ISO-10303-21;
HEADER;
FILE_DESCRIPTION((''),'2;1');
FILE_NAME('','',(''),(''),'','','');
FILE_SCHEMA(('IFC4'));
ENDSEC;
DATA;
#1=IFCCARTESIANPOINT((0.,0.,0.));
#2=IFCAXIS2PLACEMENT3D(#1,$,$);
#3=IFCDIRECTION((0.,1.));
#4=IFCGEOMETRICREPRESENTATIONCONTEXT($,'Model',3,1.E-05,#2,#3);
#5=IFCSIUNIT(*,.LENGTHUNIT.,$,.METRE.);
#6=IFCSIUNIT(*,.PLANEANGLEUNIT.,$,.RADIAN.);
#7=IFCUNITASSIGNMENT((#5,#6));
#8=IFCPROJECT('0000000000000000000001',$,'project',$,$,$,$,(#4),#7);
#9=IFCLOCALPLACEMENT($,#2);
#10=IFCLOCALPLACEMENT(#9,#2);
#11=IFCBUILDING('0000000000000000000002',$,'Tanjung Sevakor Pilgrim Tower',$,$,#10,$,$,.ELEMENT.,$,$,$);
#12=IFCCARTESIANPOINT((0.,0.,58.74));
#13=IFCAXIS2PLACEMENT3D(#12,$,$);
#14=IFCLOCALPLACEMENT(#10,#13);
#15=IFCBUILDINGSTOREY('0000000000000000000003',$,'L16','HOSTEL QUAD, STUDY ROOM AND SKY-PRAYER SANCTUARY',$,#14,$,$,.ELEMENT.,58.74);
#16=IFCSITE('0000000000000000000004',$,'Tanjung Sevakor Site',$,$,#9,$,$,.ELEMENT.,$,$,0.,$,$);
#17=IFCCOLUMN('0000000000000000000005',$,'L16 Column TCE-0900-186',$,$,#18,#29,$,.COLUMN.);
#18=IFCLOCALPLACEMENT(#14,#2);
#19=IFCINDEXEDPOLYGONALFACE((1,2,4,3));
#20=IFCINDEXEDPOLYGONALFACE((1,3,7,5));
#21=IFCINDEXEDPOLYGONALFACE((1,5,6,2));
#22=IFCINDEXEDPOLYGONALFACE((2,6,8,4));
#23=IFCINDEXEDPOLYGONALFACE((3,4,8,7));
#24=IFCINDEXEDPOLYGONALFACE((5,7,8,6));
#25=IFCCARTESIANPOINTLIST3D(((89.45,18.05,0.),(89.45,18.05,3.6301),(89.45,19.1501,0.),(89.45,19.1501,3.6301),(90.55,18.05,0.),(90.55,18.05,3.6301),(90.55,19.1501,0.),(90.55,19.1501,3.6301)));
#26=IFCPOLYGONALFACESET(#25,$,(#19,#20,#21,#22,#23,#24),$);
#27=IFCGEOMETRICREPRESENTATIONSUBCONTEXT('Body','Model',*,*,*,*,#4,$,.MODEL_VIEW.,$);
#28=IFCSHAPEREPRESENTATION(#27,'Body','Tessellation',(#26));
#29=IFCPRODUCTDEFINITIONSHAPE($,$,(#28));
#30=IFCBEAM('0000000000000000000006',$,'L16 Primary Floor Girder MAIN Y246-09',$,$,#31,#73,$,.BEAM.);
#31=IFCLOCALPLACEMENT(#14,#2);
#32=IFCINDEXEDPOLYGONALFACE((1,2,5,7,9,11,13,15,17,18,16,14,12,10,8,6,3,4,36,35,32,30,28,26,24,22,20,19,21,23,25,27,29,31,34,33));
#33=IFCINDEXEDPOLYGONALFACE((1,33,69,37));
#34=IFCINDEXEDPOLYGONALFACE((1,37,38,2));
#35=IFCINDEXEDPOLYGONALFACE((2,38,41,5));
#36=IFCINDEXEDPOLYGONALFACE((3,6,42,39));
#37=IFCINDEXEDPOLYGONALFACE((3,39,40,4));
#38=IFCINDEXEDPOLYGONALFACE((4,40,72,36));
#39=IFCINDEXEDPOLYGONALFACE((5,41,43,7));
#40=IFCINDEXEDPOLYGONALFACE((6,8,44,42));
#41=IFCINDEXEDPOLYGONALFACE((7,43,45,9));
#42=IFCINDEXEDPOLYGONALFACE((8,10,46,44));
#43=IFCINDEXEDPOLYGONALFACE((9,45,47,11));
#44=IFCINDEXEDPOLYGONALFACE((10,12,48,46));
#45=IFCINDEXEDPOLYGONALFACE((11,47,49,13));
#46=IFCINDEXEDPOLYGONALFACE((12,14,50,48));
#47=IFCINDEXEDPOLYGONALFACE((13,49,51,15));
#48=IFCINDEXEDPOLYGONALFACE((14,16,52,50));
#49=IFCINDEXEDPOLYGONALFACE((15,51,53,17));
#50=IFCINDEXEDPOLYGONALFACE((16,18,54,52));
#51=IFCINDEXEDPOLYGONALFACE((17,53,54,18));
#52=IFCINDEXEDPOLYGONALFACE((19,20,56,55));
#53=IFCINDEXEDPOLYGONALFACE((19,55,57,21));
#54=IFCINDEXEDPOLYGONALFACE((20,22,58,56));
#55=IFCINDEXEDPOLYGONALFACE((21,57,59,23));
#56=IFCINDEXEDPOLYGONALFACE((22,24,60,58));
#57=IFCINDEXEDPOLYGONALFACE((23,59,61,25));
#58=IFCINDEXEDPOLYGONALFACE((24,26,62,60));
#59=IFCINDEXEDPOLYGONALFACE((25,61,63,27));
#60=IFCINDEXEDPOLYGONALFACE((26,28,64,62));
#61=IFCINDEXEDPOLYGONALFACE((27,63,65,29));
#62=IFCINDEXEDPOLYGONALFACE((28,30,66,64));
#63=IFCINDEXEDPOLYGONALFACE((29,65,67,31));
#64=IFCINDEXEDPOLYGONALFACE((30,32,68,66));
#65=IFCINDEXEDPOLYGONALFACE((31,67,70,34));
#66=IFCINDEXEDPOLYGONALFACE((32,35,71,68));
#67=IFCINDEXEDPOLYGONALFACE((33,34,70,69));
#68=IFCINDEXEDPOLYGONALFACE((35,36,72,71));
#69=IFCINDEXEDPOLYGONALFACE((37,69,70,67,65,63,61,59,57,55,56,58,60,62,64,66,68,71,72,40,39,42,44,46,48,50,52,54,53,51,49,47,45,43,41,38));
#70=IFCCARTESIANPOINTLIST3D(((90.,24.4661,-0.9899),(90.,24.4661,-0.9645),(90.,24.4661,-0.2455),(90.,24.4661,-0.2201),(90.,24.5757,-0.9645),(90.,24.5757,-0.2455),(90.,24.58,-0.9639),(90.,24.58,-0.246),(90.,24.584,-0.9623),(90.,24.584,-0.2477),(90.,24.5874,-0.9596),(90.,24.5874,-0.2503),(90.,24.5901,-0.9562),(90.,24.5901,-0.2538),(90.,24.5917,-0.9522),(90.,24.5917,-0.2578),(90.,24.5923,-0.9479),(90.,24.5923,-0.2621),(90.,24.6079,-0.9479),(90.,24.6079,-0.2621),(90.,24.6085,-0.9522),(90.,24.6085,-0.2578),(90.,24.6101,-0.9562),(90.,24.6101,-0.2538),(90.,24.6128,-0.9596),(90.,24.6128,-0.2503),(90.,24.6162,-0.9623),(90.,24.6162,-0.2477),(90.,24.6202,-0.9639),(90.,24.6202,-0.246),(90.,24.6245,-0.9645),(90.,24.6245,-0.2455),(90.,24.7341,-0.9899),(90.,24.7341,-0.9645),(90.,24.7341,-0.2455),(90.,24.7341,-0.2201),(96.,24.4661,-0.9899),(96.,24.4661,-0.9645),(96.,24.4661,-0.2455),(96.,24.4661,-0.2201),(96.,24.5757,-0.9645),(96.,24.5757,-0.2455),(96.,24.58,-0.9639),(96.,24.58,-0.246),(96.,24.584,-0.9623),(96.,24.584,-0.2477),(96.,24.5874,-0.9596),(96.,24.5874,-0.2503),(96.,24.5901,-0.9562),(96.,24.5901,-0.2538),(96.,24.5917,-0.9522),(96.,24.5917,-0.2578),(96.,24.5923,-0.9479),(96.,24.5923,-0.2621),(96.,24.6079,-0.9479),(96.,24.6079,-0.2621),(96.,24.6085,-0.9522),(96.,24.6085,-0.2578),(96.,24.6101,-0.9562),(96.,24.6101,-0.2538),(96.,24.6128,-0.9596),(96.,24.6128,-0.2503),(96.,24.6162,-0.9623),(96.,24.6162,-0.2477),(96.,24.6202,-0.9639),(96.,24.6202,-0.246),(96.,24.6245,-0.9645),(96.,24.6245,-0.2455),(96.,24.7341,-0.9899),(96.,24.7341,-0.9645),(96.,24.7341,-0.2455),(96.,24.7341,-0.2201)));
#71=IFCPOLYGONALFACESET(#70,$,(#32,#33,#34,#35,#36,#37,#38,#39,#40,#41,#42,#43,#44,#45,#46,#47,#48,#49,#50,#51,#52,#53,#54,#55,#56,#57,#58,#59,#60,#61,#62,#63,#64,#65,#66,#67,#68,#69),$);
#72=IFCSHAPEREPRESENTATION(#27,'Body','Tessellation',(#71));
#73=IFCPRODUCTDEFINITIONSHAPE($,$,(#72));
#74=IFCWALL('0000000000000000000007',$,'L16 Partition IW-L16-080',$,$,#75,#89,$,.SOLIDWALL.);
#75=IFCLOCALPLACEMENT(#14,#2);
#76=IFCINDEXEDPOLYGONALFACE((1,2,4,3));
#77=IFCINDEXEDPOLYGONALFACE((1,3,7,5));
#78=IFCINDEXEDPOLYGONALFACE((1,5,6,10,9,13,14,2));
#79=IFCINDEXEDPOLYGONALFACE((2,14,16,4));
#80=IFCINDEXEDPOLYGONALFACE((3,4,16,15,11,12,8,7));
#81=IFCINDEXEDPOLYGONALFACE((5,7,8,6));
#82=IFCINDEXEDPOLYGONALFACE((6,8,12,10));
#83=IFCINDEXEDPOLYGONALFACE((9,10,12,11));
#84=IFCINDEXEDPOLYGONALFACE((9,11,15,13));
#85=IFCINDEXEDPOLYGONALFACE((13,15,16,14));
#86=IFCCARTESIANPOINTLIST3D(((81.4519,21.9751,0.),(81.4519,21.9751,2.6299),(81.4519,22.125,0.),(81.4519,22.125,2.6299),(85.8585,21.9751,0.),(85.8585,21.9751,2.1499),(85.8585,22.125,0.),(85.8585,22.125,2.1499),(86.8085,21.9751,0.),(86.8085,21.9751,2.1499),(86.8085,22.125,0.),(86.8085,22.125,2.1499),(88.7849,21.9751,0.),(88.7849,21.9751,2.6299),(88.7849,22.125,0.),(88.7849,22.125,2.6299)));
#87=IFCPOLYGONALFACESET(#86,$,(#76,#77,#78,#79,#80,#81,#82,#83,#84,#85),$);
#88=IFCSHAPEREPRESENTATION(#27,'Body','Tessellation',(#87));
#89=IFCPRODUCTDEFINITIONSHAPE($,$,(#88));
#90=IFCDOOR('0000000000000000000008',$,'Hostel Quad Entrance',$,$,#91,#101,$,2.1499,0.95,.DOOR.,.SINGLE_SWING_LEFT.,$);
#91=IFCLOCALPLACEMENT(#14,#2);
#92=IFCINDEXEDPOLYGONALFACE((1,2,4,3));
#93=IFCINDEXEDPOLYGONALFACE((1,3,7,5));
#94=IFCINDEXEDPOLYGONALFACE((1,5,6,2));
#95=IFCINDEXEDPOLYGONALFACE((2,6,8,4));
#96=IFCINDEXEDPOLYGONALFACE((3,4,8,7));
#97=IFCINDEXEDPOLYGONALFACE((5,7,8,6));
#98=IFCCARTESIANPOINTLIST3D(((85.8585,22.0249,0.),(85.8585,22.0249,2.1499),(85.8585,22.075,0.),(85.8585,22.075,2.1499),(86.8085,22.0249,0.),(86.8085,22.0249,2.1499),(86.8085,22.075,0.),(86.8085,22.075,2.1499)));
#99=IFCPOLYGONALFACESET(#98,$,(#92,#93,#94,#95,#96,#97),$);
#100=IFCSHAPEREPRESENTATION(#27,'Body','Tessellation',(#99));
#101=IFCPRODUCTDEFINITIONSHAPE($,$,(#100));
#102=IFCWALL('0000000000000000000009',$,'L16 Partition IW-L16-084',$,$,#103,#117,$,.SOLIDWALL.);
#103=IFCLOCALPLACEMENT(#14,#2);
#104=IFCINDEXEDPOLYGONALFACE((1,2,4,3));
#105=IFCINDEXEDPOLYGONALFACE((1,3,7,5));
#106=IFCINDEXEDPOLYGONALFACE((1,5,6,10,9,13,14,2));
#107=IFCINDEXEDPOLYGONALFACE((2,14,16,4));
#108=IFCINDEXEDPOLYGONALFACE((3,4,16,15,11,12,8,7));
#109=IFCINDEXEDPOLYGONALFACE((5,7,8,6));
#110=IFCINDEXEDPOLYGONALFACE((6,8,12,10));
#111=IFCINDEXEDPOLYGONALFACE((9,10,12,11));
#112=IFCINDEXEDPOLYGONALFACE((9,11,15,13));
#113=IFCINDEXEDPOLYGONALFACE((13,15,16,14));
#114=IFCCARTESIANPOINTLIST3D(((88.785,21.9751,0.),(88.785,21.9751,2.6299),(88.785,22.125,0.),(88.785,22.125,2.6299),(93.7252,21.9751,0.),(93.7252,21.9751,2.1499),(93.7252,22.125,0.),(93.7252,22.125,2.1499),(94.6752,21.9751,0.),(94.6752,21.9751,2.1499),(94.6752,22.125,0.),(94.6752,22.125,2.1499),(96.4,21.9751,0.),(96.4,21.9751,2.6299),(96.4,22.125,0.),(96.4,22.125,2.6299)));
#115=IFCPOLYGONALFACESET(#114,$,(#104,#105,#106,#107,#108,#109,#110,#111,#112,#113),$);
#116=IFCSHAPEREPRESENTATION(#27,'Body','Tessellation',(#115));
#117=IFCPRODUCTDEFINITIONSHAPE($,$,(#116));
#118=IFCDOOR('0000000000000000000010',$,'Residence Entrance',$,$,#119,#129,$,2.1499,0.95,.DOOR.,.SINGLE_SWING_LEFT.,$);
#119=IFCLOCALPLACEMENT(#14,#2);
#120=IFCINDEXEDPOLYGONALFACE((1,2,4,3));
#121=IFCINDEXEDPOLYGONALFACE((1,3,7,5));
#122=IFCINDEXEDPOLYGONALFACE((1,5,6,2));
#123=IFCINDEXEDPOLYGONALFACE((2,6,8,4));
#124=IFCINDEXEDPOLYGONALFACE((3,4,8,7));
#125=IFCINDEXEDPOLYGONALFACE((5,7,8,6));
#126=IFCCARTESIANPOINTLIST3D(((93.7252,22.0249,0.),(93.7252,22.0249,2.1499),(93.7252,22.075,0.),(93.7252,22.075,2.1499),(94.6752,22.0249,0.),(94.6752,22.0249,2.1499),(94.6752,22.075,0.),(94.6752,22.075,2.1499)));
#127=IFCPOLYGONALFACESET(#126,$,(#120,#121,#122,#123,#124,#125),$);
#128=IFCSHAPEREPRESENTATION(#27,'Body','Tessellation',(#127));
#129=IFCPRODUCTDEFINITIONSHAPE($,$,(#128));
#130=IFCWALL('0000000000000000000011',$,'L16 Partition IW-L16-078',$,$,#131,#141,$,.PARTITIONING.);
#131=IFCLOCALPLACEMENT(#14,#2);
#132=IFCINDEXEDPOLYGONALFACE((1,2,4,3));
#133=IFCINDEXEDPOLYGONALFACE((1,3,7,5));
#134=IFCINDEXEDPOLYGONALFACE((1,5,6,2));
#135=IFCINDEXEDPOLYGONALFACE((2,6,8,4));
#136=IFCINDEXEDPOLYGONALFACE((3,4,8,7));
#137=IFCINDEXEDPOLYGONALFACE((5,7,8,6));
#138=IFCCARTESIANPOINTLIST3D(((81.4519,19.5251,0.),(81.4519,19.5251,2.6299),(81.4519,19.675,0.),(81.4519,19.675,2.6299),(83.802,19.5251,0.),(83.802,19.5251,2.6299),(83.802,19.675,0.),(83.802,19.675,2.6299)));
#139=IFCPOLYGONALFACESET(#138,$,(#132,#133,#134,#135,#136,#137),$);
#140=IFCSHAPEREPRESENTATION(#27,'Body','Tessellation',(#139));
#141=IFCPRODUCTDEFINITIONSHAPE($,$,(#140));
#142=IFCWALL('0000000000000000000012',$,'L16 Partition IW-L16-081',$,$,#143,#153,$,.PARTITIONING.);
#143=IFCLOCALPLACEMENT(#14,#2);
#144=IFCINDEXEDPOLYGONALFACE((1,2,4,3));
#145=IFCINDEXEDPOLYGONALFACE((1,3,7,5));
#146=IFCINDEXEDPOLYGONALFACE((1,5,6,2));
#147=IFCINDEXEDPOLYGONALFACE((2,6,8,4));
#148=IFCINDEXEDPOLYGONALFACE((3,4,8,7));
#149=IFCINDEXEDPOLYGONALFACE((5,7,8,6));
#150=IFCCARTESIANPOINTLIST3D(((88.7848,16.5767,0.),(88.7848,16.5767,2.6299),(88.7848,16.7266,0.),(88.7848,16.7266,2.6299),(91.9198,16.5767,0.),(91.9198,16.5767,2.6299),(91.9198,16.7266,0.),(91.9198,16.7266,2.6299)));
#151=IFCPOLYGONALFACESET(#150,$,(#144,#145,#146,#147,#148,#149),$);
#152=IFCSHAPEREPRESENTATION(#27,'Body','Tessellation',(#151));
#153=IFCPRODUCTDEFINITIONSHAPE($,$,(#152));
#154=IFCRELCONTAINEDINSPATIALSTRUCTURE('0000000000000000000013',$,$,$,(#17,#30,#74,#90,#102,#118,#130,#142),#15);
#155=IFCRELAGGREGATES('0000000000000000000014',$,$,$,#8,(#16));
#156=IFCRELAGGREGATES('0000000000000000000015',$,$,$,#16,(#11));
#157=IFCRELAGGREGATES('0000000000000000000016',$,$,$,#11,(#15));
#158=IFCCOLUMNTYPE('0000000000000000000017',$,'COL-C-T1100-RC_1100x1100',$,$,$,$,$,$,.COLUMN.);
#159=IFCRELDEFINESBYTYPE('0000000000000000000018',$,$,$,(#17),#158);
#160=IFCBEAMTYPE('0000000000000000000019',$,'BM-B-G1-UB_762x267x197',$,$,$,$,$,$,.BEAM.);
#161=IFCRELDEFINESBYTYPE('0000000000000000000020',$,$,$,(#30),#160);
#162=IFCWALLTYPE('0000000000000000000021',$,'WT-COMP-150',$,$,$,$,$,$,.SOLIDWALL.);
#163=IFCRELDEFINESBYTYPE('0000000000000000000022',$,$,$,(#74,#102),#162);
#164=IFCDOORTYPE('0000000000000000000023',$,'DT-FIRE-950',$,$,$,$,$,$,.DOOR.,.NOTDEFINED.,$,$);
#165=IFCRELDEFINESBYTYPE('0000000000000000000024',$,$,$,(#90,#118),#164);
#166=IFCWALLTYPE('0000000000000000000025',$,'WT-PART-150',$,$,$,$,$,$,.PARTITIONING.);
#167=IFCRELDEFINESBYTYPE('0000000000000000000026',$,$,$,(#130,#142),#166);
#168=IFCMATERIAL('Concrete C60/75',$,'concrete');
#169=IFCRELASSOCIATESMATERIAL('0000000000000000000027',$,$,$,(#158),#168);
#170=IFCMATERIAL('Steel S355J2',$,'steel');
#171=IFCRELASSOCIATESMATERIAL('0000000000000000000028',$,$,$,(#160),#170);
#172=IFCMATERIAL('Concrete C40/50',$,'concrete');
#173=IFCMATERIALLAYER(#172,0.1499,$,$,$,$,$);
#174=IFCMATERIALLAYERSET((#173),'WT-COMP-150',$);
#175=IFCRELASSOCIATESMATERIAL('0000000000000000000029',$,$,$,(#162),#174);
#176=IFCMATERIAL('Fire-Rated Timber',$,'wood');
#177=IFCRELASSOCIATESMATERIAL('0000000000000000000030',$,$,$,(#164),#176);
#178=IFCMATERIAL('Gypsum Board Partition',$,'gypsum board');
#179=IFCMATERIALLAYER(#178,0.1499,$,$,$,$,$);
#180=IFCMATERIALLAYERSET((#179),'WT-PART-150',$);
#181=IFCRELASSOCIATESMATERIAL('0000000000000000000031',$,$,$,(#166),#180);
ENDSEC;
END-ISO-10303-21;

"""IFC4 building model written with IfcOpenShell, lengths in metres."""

from ifc_helpers import new_model, si_unit, direction, frame, frame_2d, origin, origin_2d, place, context, subcontext, project, spatial, rectangle, i_section, extrude, material, layer, layer_set, material_profile, profile_set, type_object, element, fill, save


model = new_model("IFC4")

# Units and contexts
model_context = context("Model", 3, precision=1e-05, world=origin(), true_north=direction((0.0, 1.0)))
body_context = subcontext(model_context, "Body", "Model", "MODEL_VIEW")
ifc_project = project(units=[si_unit("LENGTHUNIT", "METRE"), si_unit("PLANEANGLEUNIT", "RADIAN")], contexts=[model_context])

# Site, building, storey
site_placement = place(None, origin())
site = spatial("IfcSite", under=ifc_project, at=site_placement, Name="Tanjung Sevakor Site", CompositionType="ELEMENT", RefElevation=0.0)
building_placement = place(site_placement, origin())
building = spatial("IfcBuilding", under=site, at=building_placement, Name="Tanjung Sevakor Pilgrim Tower", CompositionType="ELEMENT")
storey_placement = place(building_placement, frame((0.0, 0.0, 58.74)))
storey = spatial("IfcBuildingStorey", under=building, at=storey_placement, Name="L16", Description="HOSTEL QUAD, STUDY ROOM AND SKY-PRAYER SANCTUARY", CompositionType="ELEMENT", Elevation=58.74)

# Column
ifc_material_1 = material(Name="Concrete C60/75", Category="concrete")
ifc_material_profile_1 = material_profile(ifc_material_1, rectangle(XDim=1.1001, YDim=1.1001, at=origin_2d()))
ifc_profile_set_1 = profile_set([ifc_material_profile_1], Name="Concrete C60/75")
column_type = type_object("IfcColumnType", Name="COL-C-T1100-RC_1100x1100", PredefinedType="COLUMN", material=ifc_profile_set_1)
column_placement = place(storey_placement, frame((90.0, 18.6001, 0.0), z_axis=(0.0, 0.0, 1.0), x_axis=(1.0, 0.0, 0.0)))
element("IfcColumn", 1, at=column_placement, inside=storey, type_object=column_type, Name="L16 Column TCE-0900-186", PredefinedType="COLUMN", context=body_context, shape_type="SweptSolid", body=[
    extrude(rectangle(XDim=1.1001, YDim=1.1001, at=origin_2d()), origin(), (0.0, 0.0, 1.0), 3.6301),
])

# Beam
ifc_material_2 = material(Name="Steel S355J2", Category="steel")
ifc_material_profile_2 = material_profile(ifc_material_2, i_section(OverallWidth=0.2681, OverallDepth=0.7698, WebThickness=0.0156, FlangeThickness=0.0254, FilletRadius=0.0166, at=origin_2d()))
ifc_profile_set_2 = profile_set([ifc_material_profile_2], Name="Steel S355J2")
beam_type = type_object("IfcBeamType", Name="BM-B-G1-UB_762x267x197", PredefinedType="BEAM", material=ifc_profile_set_2)
beam_placement = place(storey_placement, frame((90.0, 24.6001, -0.605), z_axis=(1.0, 0.0, 0.0), x_axis=(0.0, 1.0, 0.0)))
element("IfcBeam", 2, at=beam_placement, inside=storey, type_object=beam_type, Name="L16 Primary Floor Girder MAIN Y246-09", PredefinedType="BEAM", context=body_context, shape_type="SweptSolid", body=[
    extrude(i_section(OverallWidth=0.2681, OverallDepth=0.7698, WebThickness=0.0156, FlangeThickness=0.0254, FilletRadius=0.0166, at=origin_2d()), origin(), (0.0, 0.0, 1.0), 6.0),
])

# Walls, openings, doors
ifc_material_3 = material(Name="Concrete C40/50", Category="concrete")
ifc_layer_1 = layer(ifc_material_3, 0.1499)
ifc_layer_set_1 = layer_set([ifc_layer_1], Name="WT-COMP-150")
wall_type_1 = type_object("IfcWallType", Name="WT-COMP-150", PredefinedType="SOLIDWALL", material=ifc_layer_set_1)
wall_1_placement = place(storey_placement, frame((81.4519, 22.05, 0.0), z_axis=(0.0, 0.0, 1.0), x_axis=(1.0, 0.0, 0.0)))
wall_1 = element("IfcWall", 3, at=wall_1_placement, inside=storey, type_object=wall_type_1, Name="L16 Partition IW-L16-080", PredefinedType="SOLIDWALL", context=body_context, shape_type="SweptSolid", body=[
    extrude(rectangle(XDim=7.333, YDim=0.1499, at=frame_2d((3.6665, 0.0))), origin(), (0.0, 0.0, 1.0), 2.6299),
])
opening_1_placement = place(wall_1_placement, frame((4.4065, 0.0, 0.0)))
opening_1 = element("IfcOpeningElement", 4, at=opening_1_placement, cuts=wall_1, PredefinedType="OPENING", context=body_context, shape_type="SweptSolid", body=[
    extrude(rectangle(XDim=0.95, YDim=2.1499, at=frame_2d((0.4751, 1.075))), frame((0.0, 0.085, 0.0), z_axis=(0.0, -1.0, 0.0), x_axis=(1.0, 0.0, 0.0)), (0.0, 0.0, 1.0), 0.1699),
])
ifc_material_4 = material(Name="Fire-Rated Timber", Category="wood")
door_type_1 = type_object("IfcDoorType", Name="DT-FIRE-950", OperationType="NOTDEFINED", PredefinedType="DOOR", material=ifc_material_4)
door_1_placement = place(opening_1_placement, origin())
door_1 = element("IfcDoor", 5, at=door_1_placement, inside=storey, type_object=door_type_1, Name="Hostel Quad Entrance", OperationType="SINGLE_SWING_LEFT", OverallHeight=2.1499, OverallWidth=0.95, PredefinedType="DOOR", context=body_context, shape_type="SweptSolid", body=[
    extrude(rectangle(XDim=0.95, YDim=2.1499, at=frame_2d((0.4751, 1.075))), frame((0.0, 0.0249, 0.0), z_axis=(0.0, -1.0, 0.0), x_axis=(1.0, 0.0, 0.0)), (0.0, 0.0, 1.0), 0.05),
])
fill(opening_1, door_1)
wall_2_placement = place(storey_placement, frame((88.7849, 22.05, 0.0), z_axis=(0.0, 0.0, 1.0), x_axis=(1.0, 0.0, 0.0)))
wall_2 = element("IfcWall", 6, at=wall_2_placement, inside=storey, type_object=wall_type_1, Name="L16 Partition IW-L16-084", PredefinedType="SOLIDWALL", context=body_context, shape_type="SweptSolid", body=[
    extrude(rectangle(XDim=7.615, YDim=0.1499, at=frame_2d((3.8076, 0.0))), origin(), (0.0, 0.0, 1.0), 2.6299),
])
opening_2_placement = place(wall_2_placement, frame((4.9402, 0.0, 0.0)))
opening_2 = element("IfcOpeningElement", 7, at=opening_2_placement, cuts=wall_2, PredefinedType="OPENING", context=body_context, shape_type="SweptSolid", body=[
    extrude(rectangle(XDim=0.95, YDim=2.1499, at=frame_2d((0.4751, 1.075))), frame((0.0, 0.085, 0.0), z_axis=(0.0, -1.0, 0.0), x_axis=(1.0, 0.0, 0.0)), (0.0, 0.0, 1.0), 0.1699),
])
door_2_placement = place(opening_2_placement, origin())
door_2 = element("IfcDoor", 8, at=door_2_placement, inside=storey, type_object=door_type_1, Name="Residence Entrance", OperationType="SINGLE_SWING_LEFT", OverallHeight=2.1499, OverallWidth=0.95, PredefinedType="DOOR", context=body_context, shape_type="SweptSolid", body=[
    extrude(rectangle(XDim=0.95, YDim=2.1499, at=frame_2d((0.4751, 1.075))), frame((0.0, 0.0249, 0.0), z_axis=(0.0, -1.0, 0.0), x_axis=(1.0, 0.0, 0.0)), (0.0, 0.0, 1.0), 0.05),
])
fill(opening_2, door_2)

# Walls
ifc_material_5 = material(Name="Gypsum Board Partition", Category="gypsum board")
ifc_layer_2 = layer(ifc_material_5, 0.1499)
ifc_layer_set_2 = layer_set([ifc_layer_2], Name="WT-PART-150")
wall_type_2 = type_object("IfcWallType", Name="WT-PART-150", PredefinedType="PARTITIONING", material=ifc_layer_set_2)
wall_3_placement = place(storey_placement, frame((81.4519, 19.6001, 0.0), z_axis=(0.0, 0.0, 1.0), x_axis=(1.0, 0.0, 0.0)))
element("IfcWall", 9, at=wall_3_placement, inside=storey, type_object=wall_type_2, Name="L16 Partition IW-L16-078", PredefinedType="PARTITIONING", context=body_context, shape_type="SweptSolid", body=[
    extrude(rectangle(XDim=2.3501, YDim=0.1499, at=frame_2d((1.175, 0.0))), origin(), (0.0, 0.0, 1.0), 2.6299),
])
wall_4_placement = place(storey_placement, frame((88.7849, 16.6516, 0.0), z_axis=(0.0, 0.0, 1.0), x_axis=(1.0, 0.0, 0.0)))
element("IfcWall", 10, at=wall_4_placement, inside=storey, type_object=wall_type_2, Name="L16 Partition IW-L16-081", PredefinedType="PARTITIONING", context=body_context, shape_type="SweptSolid", body=[
    extrude(rectangle(XDim=3.135, YDim=0.1499, at=frame_2d((1.5674, 0.0))), origin(), (0.0, 0.0, 1.0), 2.6299),
])

save(model, "model.ifc")
